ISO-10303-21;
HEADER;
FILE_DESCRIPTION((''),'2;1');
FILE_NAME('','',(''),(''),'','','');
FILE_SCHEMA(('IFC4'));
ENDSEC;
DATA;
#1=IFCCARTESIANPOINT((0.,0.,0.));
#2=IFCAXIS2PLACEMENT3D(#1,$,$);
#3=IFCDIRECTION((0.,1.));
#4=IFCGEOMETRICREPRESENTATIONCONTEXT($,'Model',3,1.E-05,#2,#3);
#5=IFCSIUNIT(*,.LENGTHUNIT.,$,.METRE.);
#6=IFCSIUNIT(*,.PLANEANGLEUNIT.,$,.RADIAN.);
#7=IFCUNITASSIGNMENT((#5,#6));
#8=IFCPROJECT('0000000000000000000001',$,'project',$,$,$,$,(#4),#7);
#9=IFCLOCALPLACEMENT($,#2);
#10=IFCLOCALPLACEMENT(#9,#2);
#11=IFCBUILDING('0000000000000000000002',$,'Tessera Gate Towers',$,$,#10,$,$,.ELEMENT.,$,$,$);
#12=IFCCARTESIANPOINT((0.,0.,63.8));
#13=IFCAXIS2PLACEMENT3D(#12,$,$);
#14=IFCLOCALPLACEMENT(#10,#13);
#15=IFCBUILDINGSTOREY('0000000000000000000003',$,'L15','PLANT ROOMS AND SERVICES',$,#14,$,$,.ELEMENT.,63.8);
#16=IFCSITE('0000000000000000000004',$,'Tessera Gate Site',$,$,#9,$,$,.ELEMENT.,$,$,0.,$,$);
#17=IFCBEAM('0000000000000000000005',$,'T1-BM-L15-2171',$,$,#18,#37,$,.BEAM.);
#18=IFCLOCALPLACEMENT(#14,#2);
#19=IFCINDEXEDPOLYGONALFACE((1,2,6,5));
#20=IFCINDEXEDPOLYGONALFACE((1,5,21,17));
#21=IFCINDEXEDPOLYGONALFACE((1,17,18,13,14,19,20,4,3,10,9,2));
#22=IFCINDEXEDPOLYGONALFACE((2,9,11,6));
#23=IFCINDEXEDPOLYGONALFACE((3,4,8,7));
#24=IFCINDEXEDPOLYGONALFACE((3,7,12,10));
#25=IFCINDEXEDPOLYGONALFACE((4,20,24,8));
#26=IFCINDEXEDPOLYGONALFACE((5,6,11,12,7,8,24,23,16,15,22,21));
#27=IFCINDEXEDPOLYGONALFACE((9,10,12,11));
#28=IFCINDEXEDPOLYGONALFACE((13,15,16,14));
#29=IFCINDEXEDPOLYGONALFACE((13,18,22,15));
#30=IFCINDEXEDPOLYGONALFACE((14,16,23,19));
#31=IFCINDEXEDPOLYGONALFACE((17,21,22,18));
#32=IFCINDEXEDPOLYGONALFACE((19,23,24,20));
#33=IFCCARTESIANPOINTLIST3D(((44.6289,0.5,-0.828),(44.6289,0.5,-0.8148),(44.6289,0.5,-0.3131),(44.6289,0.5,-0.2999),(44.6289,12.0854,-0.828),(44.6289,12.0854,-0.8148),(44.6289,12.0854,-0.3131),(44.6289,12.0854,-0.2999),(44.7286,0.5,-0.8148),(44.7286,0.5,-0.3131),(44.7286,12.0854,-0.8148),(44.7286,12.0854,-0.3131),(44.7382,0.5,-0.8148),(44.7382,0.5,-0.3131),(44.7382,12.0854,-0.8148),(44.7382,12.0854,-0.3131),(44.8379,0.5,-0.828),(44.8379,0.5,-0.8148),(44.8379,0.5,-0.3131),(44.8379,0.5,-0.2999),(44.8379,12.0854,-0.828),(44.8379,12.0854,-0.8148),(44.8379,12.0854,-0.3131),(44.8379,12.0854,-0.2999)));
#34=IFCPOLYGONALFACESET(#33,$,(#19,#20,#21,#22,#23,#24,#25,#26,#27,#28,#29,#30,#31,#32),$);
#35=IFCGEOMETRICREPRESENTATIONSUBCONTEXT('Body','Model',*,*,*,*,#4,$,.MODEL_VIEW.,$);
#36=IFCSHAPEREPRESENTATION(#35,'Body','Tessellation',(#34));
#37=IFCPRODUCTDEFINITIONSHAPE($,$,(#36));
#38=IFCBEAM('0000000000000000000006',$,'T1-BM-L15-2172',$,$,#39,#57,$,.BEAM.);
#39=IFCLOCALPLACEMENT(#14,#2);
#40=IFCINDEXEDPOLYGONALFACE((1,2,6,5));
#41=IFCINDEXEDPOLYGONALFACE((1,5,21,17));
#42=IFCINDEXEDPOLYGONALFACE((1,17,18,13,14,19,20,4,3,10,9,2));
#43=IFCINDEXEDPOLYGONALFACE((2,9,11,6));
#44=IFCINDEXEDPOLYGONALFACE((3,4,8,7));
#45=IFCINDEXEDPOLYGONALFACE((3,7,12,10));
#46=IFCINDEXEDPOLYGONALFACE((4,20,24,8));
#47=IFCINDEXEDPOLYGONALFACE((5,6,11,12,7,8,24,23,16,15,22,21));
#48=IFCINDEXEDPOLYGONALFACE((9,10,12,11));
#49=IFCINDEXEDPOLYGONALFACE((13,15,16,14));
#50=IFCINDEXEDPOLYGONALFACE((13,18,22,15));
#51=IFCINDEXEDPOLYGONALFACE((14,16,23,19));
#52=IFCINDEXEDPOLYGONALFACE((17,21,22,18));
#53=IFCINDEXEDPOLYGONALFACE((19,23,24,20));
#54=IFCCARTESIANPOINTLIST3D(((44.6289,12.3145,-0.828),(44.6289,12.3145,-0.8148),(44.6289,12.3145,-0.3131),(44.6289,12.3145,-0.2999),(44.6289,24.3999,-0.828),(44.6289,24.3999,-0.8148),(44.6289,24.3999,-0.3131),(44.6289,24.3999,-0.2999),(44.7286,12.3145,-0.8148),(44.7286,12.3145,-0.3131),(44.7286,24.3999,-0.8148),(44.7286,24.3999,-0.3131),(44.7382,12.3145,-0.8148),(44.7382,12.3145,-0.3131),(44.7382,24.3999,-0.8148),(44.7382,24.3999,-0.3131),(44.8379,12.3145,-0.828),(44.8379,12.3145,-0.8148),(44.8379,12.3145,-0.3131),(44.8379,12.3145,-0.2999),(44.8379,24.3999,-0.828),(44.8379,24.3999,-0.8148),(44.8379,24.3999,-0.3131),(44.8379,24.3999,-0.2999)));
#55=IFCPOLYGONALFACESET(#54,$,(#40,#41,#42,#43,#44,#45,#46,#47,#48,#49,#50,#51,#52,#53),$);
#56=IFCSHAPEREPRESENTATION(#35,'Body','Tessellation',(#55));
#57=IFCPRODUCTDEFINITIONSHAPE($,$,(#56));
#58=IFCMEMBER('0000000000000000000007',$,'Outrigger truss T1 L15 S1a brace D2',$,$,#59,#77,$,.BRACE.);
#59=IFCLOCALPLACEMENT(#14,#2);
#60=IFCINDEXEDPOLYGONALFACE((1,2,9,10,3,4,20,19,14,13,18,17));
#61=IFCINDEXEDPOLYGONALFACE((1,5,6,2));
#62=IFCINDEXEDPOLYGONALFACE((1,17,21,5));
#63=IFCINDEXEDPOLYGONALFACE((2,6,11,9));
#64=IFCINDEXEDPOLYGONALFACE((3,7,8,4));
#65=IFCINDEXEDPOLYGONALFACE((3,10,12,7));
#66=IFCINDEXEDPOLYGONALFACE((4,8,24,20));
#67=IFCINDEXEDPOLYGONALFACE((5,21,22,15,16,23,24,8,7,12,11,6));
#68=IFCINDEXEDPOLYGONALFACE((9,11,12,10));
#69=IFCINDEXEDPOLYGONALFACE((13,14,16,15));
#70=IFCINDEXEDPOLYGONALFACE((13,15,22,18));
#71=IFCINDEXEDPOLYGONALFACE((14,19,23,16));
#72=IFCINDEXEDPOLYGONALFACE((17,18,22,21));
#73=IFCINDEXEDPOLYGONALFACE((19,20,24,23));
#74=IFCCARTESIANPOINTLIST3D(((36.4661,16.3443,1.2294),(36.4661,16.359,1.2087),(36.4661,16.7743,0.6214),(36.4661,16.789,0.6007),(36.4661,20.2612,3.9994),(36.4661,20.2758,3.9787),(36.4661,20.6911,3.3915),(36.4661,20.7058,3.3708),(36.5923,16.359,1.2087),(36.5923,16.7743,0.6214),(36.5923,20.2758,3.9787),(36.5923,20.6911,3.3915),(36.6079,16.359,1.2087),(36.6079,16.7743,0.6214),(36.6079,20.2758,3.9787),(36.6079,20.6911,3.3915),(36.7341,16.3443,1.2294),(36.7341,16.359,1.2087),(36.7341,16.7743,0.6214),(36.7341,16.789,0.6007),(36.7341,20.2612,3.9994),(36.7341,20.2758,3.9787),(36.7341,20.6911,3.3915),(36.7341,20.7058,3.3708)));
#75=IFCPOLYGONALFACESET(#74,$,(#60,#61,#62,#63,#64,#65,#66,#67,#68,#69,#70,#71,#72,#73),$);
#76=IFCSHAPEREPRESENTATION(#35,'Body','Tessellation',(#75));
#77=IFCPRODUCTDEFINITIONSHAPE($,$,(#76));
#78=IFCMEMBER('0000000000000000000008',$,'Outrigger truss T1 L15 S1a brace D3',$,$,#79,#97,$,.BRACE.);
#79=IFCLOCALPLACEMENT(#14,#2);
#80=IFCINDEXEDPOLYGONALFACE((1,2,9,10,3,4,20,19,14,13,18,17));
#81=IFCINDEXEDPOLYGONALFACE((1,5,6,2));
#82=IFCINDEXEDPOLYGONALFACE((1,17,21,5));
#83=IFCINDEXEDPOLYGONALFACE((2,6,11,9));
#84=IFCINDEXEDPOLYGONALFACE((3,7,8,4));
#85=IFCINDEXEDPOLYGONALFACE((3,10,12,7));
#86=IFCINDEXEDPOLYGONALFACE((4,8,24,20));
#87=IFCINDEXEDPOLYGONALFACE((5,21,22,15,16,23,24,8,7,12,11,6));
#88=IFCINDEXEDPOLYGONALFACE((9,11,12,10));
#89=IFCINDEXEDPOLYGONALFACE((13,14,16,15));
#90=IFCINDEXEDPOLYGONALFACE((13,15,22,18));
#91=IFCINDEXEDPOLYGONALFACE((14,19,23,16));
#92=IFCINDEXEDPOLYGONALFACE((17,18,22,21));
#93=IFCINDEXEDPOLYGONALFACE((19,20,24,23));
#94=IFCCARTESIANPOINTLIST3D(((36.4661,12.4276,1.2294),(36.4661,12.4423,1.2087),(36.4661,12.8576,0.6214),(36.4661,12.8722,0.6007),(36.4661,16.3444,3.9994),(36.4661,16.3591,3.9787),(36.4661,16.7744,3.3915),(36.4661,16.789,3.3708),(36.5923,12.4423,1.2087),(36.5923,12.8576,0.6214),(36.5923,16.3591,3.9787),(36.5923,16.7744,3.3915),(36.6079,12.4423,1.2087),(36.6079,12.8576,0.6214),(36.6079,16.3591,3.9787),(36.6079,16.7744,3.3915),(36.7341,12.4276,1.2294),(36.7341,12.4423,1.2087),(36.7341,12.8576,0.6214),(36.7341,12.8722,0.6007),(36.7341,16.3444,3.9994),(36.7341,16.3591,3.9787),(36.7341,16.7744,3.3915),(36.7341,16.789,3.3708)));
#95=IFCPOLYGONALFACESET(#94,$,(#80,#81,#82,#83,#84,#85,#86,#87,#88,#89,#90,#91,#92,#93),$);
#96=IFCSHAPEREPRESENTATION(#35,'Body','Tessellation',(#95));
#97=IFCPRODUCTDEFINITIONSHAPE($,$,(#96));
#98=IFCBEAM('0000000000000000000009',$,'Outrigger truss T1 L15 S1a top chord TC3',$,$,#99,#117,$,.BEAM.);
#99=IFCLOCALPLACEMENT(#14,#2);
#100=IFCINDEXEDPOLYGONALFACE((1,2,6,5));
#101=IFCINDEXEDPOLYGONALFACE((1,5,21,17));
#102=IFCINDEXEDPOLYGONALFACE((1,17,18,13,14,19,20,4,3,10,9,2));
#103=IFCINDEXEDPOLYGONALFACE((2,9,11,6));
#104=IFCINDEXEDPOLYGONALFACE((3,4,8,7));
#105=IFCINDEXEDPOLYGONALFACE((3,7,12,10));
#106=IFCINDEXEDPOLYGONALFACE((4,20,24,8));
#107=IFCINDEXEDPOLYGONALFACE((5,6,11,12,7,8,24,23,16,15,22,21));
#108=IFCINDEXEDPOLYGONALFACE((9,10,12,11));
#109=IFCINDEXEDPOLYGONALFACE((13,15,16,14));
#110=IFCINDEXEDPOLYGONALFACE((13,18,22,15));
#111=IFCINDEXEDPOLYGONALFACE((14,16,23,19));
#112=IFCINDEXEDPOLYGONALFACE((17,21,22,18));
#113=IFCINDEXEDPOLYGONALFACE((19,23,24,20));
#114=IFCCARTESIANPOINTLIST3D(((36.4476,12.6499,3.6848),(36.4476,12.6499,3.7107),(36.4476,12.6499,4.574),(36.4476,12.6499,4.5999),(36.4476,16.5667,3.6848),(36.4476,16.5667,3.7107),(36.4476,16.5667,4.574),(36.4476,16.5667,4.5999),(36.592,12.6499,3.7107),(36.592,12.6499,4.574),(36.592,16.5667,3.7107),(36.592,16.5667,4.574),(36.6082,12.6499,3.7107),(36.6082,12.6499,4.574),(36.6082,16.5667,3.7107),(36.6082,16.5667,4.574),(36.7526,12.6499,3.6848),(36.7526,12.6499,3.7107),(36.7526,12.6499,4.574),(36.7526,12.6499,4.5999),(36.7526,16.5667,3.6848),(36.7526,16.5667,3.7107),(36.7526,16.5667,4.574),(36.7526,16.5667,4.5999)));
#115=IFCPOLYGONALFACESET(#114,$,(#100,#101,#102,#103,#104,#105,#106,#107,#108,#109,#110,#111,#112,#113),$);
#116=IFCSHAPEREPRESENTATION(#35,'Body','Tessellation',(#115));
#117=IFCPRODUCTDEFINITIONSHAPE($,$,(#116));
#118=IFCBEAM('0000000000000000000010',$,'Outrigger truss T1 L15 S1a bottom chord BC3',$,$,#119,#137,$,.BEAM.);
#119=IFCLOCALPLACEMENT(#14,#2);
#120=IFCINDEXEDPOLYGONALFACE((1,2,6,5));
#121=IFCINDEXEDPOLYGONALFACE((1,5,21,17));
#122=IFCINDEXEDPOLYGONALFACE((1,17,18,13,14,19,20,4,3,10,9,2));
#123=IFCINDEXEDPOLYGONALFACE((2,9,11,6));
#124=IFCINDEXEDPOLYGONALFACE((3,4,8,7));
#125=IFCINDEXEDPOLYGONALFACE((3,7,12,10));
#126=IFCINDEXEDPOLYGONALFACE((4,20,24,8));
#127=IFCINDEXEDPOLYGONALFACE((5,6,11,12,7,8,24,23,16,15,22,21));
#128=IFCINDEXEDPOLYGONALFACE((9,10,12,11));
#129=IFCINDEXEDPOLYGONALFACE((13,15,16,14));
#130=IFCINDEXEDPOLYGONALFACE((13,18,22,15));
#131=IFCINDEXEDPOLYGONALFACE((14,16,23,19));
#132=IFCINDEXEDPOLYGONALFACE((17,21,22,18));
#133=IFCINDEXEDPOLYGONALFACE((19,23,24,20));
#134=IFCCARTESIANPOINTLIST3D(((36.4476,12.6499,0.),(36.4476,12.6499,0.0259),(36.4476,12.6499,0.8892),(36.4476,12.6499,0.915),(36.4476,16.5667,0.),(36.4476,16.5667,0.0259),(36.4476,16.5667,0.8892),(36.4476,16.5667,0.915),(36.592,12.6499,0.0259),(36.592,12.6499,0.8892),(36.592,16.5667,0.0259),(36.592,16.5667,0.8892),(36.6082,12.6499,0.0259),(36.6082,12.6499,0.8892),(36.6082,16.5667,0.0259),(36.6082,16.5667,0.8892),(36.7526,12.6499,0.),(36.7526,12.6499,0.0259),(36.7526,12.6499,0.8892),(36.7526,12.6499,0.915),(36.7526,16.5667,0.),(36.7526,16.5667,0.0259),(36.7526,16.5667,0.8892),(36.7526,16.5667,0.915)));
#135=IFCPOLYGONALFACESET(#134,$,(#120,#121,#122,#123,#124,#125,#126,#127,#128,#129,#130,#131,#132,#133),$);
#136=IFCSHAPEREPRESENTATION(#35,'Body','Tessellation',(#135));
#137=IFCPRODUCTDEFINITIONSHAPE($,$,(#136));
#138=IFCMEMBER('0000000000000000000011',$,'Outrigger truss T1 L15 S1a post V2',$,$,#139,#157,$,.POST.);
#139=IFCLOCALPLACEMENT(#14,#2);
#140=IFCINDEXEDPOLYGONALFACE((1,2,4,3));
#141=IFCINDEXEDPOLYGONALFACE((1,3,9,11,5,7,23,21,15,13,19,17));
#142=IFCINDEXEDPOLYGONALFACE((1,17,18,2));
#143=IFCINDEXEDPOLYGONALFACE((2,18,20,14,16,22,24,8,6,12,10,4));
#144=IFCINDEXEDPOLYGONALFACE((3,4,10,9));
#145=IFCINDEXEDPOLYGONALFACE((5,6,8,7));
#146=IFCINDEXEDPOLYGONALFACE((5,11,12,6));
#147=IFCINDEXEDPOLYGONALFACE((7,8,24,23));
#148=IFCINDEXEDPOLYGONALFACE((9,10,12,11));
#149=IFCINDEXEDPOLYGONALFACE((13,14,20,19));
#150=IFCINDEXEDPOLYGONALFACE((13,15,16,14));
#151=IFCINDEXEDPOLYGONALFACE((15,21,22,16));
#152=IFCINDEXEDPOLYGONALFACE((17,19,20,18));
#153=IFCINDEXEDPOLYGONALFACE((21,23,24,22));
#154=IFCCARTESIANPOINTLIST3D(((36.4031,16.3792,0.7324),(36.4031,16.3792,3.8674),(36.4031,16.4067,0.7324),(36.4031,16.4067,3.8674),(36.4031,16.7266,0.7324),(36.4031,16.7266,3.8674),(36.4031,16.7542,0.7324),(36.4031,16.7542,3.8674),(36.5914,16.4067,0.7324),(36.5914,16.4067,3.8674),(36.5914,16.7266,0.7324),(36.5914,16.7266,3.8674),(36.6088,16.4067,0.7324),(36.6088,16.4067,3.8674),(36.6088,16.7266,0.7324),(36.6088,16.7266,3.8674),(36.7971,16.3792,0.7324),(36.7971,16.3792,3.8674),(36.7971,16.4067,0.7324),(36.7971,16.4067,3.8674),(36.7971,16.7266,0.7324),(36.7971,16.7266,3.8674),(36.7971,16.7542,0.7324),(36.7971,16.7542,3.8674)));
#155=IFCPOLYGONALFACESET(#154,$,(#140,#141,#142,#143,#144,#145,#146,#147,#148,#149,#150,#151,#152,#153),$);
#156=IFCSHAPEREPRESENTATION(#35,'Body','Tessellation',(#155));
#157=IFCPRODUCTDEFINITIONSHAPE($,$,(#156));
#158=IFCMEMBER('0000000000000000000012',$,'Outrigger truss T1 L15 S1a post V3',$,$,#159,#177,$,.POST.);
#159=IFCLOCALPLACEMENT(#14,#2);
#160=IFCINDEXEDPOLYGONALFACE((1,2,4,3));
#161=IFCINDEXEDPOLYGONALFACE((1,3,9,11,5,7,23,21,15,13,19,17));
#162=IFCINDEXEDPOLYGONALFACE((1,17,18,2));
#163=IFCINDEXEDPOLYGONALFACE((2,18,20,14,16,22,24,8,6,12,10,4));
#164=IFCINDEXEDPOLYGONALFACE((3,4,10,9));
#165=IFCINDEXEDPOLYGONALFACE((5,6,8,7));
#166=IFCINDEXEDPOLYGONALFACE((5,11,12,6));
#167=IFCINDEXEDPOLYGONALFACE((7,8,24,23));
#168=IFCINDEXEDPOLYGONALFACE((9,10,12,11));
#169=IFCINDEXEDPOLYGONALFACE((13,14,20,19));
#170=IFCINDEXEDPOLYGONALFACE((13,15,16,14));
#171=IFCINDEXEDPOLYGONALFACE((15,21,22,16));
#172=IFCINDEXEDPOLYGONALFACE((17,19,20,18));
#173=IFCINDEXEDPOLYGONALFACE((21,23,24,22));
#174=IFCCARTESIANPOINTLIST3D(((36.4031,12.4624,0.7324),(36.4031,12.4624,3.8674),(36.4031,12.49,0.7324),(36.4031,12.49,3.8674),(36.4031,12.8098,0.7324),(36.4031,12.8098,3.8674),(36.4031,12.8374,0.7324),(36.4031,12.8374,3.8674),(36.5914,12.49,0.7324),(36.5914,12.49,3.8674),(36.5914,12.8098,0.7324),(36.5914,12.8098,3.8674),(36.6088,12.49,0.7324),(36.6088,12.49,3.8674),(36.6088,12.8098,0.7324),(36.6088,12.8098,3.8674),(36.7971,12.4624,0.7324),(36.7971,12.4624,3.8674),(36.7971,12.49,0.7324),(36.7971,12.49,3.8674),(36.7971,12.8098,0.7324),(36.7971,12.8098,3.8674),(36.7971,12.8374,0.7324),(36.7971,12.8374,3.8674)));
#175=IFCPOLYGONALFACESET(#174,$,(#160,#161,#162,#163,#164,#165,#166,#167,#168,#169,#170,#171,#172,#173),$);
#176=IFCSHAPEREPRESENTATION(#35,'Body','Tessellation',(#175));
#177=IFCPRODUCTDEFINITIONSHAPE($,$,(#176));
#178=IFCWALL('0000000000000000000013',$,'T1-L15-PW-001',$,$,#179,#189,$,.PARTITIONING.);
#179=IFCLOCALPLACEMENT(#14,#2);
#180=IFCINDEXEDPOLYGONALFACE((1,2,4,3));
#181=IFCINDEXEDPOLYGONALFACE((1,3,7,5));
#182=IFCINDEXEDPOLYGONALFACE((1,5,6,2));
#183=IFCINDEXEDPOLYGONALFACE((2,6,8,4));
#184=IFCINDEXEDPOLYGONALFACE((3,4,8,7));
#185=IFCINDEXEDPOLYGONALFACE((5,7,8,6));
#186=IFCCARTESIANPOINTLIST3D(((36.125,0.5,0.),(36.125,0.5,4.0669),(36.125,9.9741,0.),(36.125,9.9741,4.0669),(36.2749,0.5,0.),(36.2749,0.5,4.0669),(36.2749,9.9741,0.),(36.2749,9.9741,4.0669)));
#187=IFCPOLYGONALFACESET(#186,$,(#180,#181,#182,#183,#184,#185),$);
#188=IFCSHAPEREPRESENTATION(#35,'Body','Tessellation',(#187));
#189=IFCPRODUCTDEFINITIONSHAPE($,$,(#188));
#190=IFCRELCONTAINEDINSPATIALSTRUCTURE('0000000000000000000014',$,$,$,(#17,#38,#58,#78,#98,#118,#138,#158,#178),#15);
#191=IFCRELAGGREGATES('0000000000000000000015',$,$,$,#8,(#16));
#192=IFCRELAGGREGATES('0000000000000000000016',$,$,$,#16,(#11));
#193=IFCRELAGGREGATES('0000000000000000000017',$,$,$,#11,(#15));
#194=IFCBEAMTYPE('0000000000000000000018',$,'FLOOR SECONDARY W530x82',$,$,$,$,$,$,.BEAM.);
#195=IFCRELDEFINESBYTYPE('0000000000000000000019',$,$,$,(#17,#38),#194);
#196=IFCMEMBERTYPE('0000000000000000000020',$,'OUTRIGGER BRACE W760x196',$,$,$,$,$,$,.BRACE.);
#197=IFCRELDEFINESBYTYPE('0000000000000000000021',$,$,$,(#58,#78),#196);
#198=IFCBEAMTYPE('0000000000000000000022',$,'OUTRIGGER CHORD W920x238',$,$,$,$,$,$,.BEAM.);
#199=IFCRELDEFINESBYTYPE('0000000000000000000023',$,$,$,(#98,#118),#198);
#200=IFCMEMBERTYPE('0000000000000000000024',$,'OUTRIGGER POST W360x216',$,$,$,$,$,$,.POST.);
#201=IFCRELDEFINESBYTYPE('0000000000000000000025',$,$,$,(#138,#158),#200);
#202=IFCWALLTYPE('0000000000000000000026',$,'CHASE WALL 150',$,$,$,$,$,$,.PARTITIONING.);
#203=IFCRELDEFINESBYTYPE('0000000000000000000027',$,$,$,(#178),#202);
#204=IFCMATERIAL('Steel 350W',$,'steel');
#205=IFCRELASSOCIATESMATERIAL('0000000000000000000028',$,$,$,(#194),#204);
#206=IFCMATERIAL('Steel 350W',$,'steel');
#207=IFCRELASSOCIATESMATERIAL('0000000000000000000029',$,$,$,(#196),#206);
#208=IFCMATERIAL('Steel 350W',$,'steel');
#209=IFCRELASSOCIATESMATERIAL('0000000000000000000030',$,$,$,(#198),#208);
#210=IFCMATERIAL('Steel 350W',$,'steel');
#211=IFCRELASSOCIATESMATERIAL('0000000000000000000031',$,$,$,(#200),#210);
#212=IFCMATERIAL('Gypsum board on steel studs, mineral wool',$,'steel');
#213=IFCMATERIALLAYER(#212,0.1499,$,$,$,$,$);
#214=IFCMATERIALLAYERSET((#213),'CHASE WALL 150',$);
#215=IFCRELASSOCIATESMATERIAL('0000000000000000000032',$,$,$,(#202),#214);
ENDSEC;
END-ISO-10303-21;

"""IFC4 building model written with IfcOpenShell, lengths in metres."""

from ifc_helpers import new_model, si_unit, direction, frame, frame_2d, origin, origin_2d, place, context, subcontext, project, spatial, rectangle, i_section, extrude, material, layer, layer_set, material_profile, profile_set, type_object, element, save


model = new_model("IFC4")

# Units and contexts
model_context = context("Model", 3, precision=1e-05, world=origin(), true_north=direction((0.0, 1.0)))
body_context = subcontext(model_context, "Body", "Model", "MODEL_VIEW")
ifc_project = project(units=[si_unit("LENGTHUNIT", "METRE"), si_unit("PLANEANGLEUNIT", "RADIAN")], contexts=[model_context])

# Site, building, storey
site_placement = place(None, origin())
site = spatial("IfcSite", under=ifc_project, at=site_placement, Name="Tessera Gate Site", CompositionType="ELEMENT", RefElevation=0.0)
building_placement = place(site_placement, origin())
building = spatial("IfcBuilding", under=site, at=building_placement, Name="Tessera Gate Towers", CompositionType="ELEMENT")
storey_placement = place(building_placement, frame((0.0, 0.0, 63.8)))
storey = spatial("IfcBuildingStorey", under=building, at=storey_placement, Name="L15", Description="PLANT ROOMS AND SERVICES", CompositionType="ELEMENT", Elevation=63.8)

# Beams
ifc_material_1 = material(Name="Steel 350W", Category="steel")
ifc_material_profile_1 = material_profile(ifc_material_1, i_section(OverallWidth=0.209, OverallDepth=0.5281, WebThickness=0.0095, FlangeThickness=0.0132, at=origin_2d()), Name="W530x82")
ifc_profile_set_1 = profile_set([ifc_material_profile_1], Name="Steel 350W")
beam_type_1 = type_object("IfcBeamType", Name="FLOOR SECONDARY W530x82", PredefinedType="BEAM", material=ifc_profile_set_1)
beam_1_placement = place(storey_placement, frame((44.7334, 0.5, -0.564), z_axis=(0.0, 1.0, 0.0), x_axis=(-1.0, 0.0, 0.0)))
element("IfcBeam", 1, at=beam_1_placement, inside=storey, type_object=beam_type_1, Name="T1-BM-L15-2171", PredefinedType="BEAM", context=body_context, shape_type="SweptSolid", body=[
    extrude(i_section(OverallWidth=0.209, OverallDepth=0.5281, WebThickness=0.0095, FlangeThickness=0.0132, at=origin_2d()), origin(), (0.0, 0.0, 1.0), 11.5854),
])
beam_2_placement = place(storey_placement, frame((44.7334, 12.3145, -0.564), z_axis=(0.0, 1.0, 0.0), x_axis=(-1.0, 0.0, 0.0)))
element("IfcBeam", 2, at=beam_2_placement, inside=storey, type_object=beam_type_1, Name="T1-BM-L15-2172", PredefinedType="BEAM", context=body_context, shape_type="SweptSolid", body=[
    extrude(i_section(OverallWidth=0.209, OverallDepth=0.5281, WebThickness=0.0095, FlangeThickness=0.0132, at=origin_2d()), origin(), (0.0, 0.0, 1.0), 12.0854),
])

# Members
ifc_material_2 = material(Name="Steel 350W", Category="steel")
ifc_material_profile_2 = material_profile(ifc_material_2, i_section(OverallWidth=0.2681, OverallDepth=0.77, WebThickness=0.0156, FlangeThickness=0.0254, at=origin_2d()), Name="W760x196")
ifc_profile_set_2 = profile_set([ifc_material_profile_2], Name="Steel 350W")
member_type_1 = type_object("IfcMemberType", Name="OUTRIGGER BRACE W760x196", PredefinedType="BRACE", material=ifc_profile_set_2)
for number, where, z_axis, x_axis, name in (
    (3, (36.6001, 16.5667, 0.915), (0.0, 0.816451, 0.577414), (-1.0, 0.0, 0.0), "Outrigger truss T1 L15 S1a brace D2"),
    (4, (36.6001, 12.6499, 0.915), (0.0, 0.816451, 0.577414), (-1.0, 0.0, 0.0), "Outrigger truss T1 L15 S1a brace D3"),
):
    element("IfcMember", number, at=place(storey_placement, frame(where, z_axis=z_axis, x_axis=x_axis)), inside=storey, type_object=member_type_1, Name=name, PredefinedType="BRACE", context=body_context, shape_type="SweptSolid", body=[
        extrude(i_section(OverallWidth=0.2681, OverallDepth=0.77, WebThickness=0.0156, FlangeThickness=0.0254, at=origin_2d()), origin(), (0.0, 0.0, 1.0), 4.7974),
    ])

# Beams
ifc_material_3 = material(Name="Steel 350W", Category="steel")
ifc_material_profile_3 = material_profile(ifc_material_3, i_section(OverallWidth=0.3049, OverallDepth=0.915, WebThickness=0.0161, FlangeThickness=0.0259, at=origin_2d()), Name="W920x238")
ifc_profile_set_3 = profile_set([ifc_material_profile_3], Name="Steel 350W")
beam_type_2 = type_object("IfcBeamType", Name="OUTRIGGER CHORD W920x238", PredefinedType="BEAM", material=ifc_profile_set_3)
for number, where, z_axis, x_axis, name in (
    (5, (36.6001, 16.5667, 4.1423), (0.0, -1.0, 0.0), (1.0, 0.0, 0.0), "Outrigger truss T1 L15 S1a top chord TC3"),
    (6, (36.6001, 16.5667, 0.4575), (0.0, -1.0, 0.0), (1.0, 0.0, 0.0), "Outrigger truss T1 L15 S1a bottom chord BC3"),
):
    element("IfcBeam", number, at=place(storey_placement, frame(where, z_axis=z_axis, x_axis=x_axis)), inside=storey, type_object=beam_type_2, Name=name, PredefinedType="BEAM", context=body_context, shape_type="SweptSolid", body=[
        extrude(i_section(OverallWidth=0.3049, OverallDepth=0.915, WebThickness=0.0161, FlangeThickness=0.0259, at=origin_2d()), origin(), (0.0, 0.0, 1.0), 3.9167),
    ])

# Members
ifc_material_4 = material(Name="Steel 350W", Category="steel")
ifc_material_profile_4 = material_profile(ifc_material_4, i_section(OverallWidth=0.394, OverallDepth=0.375, WebThickness=0.0173, FlangeThickness=0.0276, at=origin_2d()), Name="W360x216")
ifc_profile_set_4 = profile_set([ifc_material_profile_4], Name="Steel 350W")
member_type_2 = type_object("IfcMemberType", Name="OUTRIGGER POST W360x216", PredefinedType="POST", material=ifc_profile_set_4)
for number, where, z_axis, x_axis, name in (
    (7, (36.6001, 16.5667, 0.7324), (0.0, 0.0, 1.0), (1.0, 0.0, 0.0), "Outrigger truss T1 L15 S1a post V2"),
    (8, (36.6001, 12.6499, 0.7324), (0.0, 0.0, 1.0), (1.0, 0.0, 0.0), "Outrigger truss T1 L15 S1a post V3"),
):
    element("IfcMember", number, at=place(storey_placement, frame(where, z_axis=z_axis, x_axis=x_axis)), inside=storey, type_object=member_type_2, Name=name, PredefinedType="POST", context=body_context, shape_type="SweptSolid", body=[
        extrude(i_section(OverallWidth=0.394, OverallDepth=0.375, WebThickness=0.0173, FlangeThickness=0.0276, at=origin_2d()), origin(), (0.0, 0.0, 1.0), 3.135),
    ])

# Wall
ifc_material_5 = material(Name="Gypsum board on steel studs, mineral wool", Category="steel")
ifc_layer_1 = layer(ifc_material_5, 0.1499)
ifc_layer_set_1 = layer_set([ifc_layer_1], Name="CHASE WALL 150")
wall_type_1 = type_object("IfcWallType", Name="CHASE WALL 150", PredefinedType="PARTITIONING", material=ifc_layer_set_1)
wall_1_placement = place(storey_placement, frame((36.2, 0.5, 0.0), z_axis=(0.0, 0.0, 1.0), x_axis=(0.0, 1.0, 0.0)))
element("IfcWall", 9, at=wall_1_placement, inside=storey, type_object=wall_type_1, Name="T1-L15-PW-001", PredefinedType="PARTITIONING", context=body_context, shape_type="SweptSolid", body=[
    extrude(rectangle(XDim=9.4741, YDim=0.1499, at=frame_2d((4.7371, 0.0))), origin(), (0.0, 0.0, 1.0), 4.0669),
])

save(model, "model.ifc")
